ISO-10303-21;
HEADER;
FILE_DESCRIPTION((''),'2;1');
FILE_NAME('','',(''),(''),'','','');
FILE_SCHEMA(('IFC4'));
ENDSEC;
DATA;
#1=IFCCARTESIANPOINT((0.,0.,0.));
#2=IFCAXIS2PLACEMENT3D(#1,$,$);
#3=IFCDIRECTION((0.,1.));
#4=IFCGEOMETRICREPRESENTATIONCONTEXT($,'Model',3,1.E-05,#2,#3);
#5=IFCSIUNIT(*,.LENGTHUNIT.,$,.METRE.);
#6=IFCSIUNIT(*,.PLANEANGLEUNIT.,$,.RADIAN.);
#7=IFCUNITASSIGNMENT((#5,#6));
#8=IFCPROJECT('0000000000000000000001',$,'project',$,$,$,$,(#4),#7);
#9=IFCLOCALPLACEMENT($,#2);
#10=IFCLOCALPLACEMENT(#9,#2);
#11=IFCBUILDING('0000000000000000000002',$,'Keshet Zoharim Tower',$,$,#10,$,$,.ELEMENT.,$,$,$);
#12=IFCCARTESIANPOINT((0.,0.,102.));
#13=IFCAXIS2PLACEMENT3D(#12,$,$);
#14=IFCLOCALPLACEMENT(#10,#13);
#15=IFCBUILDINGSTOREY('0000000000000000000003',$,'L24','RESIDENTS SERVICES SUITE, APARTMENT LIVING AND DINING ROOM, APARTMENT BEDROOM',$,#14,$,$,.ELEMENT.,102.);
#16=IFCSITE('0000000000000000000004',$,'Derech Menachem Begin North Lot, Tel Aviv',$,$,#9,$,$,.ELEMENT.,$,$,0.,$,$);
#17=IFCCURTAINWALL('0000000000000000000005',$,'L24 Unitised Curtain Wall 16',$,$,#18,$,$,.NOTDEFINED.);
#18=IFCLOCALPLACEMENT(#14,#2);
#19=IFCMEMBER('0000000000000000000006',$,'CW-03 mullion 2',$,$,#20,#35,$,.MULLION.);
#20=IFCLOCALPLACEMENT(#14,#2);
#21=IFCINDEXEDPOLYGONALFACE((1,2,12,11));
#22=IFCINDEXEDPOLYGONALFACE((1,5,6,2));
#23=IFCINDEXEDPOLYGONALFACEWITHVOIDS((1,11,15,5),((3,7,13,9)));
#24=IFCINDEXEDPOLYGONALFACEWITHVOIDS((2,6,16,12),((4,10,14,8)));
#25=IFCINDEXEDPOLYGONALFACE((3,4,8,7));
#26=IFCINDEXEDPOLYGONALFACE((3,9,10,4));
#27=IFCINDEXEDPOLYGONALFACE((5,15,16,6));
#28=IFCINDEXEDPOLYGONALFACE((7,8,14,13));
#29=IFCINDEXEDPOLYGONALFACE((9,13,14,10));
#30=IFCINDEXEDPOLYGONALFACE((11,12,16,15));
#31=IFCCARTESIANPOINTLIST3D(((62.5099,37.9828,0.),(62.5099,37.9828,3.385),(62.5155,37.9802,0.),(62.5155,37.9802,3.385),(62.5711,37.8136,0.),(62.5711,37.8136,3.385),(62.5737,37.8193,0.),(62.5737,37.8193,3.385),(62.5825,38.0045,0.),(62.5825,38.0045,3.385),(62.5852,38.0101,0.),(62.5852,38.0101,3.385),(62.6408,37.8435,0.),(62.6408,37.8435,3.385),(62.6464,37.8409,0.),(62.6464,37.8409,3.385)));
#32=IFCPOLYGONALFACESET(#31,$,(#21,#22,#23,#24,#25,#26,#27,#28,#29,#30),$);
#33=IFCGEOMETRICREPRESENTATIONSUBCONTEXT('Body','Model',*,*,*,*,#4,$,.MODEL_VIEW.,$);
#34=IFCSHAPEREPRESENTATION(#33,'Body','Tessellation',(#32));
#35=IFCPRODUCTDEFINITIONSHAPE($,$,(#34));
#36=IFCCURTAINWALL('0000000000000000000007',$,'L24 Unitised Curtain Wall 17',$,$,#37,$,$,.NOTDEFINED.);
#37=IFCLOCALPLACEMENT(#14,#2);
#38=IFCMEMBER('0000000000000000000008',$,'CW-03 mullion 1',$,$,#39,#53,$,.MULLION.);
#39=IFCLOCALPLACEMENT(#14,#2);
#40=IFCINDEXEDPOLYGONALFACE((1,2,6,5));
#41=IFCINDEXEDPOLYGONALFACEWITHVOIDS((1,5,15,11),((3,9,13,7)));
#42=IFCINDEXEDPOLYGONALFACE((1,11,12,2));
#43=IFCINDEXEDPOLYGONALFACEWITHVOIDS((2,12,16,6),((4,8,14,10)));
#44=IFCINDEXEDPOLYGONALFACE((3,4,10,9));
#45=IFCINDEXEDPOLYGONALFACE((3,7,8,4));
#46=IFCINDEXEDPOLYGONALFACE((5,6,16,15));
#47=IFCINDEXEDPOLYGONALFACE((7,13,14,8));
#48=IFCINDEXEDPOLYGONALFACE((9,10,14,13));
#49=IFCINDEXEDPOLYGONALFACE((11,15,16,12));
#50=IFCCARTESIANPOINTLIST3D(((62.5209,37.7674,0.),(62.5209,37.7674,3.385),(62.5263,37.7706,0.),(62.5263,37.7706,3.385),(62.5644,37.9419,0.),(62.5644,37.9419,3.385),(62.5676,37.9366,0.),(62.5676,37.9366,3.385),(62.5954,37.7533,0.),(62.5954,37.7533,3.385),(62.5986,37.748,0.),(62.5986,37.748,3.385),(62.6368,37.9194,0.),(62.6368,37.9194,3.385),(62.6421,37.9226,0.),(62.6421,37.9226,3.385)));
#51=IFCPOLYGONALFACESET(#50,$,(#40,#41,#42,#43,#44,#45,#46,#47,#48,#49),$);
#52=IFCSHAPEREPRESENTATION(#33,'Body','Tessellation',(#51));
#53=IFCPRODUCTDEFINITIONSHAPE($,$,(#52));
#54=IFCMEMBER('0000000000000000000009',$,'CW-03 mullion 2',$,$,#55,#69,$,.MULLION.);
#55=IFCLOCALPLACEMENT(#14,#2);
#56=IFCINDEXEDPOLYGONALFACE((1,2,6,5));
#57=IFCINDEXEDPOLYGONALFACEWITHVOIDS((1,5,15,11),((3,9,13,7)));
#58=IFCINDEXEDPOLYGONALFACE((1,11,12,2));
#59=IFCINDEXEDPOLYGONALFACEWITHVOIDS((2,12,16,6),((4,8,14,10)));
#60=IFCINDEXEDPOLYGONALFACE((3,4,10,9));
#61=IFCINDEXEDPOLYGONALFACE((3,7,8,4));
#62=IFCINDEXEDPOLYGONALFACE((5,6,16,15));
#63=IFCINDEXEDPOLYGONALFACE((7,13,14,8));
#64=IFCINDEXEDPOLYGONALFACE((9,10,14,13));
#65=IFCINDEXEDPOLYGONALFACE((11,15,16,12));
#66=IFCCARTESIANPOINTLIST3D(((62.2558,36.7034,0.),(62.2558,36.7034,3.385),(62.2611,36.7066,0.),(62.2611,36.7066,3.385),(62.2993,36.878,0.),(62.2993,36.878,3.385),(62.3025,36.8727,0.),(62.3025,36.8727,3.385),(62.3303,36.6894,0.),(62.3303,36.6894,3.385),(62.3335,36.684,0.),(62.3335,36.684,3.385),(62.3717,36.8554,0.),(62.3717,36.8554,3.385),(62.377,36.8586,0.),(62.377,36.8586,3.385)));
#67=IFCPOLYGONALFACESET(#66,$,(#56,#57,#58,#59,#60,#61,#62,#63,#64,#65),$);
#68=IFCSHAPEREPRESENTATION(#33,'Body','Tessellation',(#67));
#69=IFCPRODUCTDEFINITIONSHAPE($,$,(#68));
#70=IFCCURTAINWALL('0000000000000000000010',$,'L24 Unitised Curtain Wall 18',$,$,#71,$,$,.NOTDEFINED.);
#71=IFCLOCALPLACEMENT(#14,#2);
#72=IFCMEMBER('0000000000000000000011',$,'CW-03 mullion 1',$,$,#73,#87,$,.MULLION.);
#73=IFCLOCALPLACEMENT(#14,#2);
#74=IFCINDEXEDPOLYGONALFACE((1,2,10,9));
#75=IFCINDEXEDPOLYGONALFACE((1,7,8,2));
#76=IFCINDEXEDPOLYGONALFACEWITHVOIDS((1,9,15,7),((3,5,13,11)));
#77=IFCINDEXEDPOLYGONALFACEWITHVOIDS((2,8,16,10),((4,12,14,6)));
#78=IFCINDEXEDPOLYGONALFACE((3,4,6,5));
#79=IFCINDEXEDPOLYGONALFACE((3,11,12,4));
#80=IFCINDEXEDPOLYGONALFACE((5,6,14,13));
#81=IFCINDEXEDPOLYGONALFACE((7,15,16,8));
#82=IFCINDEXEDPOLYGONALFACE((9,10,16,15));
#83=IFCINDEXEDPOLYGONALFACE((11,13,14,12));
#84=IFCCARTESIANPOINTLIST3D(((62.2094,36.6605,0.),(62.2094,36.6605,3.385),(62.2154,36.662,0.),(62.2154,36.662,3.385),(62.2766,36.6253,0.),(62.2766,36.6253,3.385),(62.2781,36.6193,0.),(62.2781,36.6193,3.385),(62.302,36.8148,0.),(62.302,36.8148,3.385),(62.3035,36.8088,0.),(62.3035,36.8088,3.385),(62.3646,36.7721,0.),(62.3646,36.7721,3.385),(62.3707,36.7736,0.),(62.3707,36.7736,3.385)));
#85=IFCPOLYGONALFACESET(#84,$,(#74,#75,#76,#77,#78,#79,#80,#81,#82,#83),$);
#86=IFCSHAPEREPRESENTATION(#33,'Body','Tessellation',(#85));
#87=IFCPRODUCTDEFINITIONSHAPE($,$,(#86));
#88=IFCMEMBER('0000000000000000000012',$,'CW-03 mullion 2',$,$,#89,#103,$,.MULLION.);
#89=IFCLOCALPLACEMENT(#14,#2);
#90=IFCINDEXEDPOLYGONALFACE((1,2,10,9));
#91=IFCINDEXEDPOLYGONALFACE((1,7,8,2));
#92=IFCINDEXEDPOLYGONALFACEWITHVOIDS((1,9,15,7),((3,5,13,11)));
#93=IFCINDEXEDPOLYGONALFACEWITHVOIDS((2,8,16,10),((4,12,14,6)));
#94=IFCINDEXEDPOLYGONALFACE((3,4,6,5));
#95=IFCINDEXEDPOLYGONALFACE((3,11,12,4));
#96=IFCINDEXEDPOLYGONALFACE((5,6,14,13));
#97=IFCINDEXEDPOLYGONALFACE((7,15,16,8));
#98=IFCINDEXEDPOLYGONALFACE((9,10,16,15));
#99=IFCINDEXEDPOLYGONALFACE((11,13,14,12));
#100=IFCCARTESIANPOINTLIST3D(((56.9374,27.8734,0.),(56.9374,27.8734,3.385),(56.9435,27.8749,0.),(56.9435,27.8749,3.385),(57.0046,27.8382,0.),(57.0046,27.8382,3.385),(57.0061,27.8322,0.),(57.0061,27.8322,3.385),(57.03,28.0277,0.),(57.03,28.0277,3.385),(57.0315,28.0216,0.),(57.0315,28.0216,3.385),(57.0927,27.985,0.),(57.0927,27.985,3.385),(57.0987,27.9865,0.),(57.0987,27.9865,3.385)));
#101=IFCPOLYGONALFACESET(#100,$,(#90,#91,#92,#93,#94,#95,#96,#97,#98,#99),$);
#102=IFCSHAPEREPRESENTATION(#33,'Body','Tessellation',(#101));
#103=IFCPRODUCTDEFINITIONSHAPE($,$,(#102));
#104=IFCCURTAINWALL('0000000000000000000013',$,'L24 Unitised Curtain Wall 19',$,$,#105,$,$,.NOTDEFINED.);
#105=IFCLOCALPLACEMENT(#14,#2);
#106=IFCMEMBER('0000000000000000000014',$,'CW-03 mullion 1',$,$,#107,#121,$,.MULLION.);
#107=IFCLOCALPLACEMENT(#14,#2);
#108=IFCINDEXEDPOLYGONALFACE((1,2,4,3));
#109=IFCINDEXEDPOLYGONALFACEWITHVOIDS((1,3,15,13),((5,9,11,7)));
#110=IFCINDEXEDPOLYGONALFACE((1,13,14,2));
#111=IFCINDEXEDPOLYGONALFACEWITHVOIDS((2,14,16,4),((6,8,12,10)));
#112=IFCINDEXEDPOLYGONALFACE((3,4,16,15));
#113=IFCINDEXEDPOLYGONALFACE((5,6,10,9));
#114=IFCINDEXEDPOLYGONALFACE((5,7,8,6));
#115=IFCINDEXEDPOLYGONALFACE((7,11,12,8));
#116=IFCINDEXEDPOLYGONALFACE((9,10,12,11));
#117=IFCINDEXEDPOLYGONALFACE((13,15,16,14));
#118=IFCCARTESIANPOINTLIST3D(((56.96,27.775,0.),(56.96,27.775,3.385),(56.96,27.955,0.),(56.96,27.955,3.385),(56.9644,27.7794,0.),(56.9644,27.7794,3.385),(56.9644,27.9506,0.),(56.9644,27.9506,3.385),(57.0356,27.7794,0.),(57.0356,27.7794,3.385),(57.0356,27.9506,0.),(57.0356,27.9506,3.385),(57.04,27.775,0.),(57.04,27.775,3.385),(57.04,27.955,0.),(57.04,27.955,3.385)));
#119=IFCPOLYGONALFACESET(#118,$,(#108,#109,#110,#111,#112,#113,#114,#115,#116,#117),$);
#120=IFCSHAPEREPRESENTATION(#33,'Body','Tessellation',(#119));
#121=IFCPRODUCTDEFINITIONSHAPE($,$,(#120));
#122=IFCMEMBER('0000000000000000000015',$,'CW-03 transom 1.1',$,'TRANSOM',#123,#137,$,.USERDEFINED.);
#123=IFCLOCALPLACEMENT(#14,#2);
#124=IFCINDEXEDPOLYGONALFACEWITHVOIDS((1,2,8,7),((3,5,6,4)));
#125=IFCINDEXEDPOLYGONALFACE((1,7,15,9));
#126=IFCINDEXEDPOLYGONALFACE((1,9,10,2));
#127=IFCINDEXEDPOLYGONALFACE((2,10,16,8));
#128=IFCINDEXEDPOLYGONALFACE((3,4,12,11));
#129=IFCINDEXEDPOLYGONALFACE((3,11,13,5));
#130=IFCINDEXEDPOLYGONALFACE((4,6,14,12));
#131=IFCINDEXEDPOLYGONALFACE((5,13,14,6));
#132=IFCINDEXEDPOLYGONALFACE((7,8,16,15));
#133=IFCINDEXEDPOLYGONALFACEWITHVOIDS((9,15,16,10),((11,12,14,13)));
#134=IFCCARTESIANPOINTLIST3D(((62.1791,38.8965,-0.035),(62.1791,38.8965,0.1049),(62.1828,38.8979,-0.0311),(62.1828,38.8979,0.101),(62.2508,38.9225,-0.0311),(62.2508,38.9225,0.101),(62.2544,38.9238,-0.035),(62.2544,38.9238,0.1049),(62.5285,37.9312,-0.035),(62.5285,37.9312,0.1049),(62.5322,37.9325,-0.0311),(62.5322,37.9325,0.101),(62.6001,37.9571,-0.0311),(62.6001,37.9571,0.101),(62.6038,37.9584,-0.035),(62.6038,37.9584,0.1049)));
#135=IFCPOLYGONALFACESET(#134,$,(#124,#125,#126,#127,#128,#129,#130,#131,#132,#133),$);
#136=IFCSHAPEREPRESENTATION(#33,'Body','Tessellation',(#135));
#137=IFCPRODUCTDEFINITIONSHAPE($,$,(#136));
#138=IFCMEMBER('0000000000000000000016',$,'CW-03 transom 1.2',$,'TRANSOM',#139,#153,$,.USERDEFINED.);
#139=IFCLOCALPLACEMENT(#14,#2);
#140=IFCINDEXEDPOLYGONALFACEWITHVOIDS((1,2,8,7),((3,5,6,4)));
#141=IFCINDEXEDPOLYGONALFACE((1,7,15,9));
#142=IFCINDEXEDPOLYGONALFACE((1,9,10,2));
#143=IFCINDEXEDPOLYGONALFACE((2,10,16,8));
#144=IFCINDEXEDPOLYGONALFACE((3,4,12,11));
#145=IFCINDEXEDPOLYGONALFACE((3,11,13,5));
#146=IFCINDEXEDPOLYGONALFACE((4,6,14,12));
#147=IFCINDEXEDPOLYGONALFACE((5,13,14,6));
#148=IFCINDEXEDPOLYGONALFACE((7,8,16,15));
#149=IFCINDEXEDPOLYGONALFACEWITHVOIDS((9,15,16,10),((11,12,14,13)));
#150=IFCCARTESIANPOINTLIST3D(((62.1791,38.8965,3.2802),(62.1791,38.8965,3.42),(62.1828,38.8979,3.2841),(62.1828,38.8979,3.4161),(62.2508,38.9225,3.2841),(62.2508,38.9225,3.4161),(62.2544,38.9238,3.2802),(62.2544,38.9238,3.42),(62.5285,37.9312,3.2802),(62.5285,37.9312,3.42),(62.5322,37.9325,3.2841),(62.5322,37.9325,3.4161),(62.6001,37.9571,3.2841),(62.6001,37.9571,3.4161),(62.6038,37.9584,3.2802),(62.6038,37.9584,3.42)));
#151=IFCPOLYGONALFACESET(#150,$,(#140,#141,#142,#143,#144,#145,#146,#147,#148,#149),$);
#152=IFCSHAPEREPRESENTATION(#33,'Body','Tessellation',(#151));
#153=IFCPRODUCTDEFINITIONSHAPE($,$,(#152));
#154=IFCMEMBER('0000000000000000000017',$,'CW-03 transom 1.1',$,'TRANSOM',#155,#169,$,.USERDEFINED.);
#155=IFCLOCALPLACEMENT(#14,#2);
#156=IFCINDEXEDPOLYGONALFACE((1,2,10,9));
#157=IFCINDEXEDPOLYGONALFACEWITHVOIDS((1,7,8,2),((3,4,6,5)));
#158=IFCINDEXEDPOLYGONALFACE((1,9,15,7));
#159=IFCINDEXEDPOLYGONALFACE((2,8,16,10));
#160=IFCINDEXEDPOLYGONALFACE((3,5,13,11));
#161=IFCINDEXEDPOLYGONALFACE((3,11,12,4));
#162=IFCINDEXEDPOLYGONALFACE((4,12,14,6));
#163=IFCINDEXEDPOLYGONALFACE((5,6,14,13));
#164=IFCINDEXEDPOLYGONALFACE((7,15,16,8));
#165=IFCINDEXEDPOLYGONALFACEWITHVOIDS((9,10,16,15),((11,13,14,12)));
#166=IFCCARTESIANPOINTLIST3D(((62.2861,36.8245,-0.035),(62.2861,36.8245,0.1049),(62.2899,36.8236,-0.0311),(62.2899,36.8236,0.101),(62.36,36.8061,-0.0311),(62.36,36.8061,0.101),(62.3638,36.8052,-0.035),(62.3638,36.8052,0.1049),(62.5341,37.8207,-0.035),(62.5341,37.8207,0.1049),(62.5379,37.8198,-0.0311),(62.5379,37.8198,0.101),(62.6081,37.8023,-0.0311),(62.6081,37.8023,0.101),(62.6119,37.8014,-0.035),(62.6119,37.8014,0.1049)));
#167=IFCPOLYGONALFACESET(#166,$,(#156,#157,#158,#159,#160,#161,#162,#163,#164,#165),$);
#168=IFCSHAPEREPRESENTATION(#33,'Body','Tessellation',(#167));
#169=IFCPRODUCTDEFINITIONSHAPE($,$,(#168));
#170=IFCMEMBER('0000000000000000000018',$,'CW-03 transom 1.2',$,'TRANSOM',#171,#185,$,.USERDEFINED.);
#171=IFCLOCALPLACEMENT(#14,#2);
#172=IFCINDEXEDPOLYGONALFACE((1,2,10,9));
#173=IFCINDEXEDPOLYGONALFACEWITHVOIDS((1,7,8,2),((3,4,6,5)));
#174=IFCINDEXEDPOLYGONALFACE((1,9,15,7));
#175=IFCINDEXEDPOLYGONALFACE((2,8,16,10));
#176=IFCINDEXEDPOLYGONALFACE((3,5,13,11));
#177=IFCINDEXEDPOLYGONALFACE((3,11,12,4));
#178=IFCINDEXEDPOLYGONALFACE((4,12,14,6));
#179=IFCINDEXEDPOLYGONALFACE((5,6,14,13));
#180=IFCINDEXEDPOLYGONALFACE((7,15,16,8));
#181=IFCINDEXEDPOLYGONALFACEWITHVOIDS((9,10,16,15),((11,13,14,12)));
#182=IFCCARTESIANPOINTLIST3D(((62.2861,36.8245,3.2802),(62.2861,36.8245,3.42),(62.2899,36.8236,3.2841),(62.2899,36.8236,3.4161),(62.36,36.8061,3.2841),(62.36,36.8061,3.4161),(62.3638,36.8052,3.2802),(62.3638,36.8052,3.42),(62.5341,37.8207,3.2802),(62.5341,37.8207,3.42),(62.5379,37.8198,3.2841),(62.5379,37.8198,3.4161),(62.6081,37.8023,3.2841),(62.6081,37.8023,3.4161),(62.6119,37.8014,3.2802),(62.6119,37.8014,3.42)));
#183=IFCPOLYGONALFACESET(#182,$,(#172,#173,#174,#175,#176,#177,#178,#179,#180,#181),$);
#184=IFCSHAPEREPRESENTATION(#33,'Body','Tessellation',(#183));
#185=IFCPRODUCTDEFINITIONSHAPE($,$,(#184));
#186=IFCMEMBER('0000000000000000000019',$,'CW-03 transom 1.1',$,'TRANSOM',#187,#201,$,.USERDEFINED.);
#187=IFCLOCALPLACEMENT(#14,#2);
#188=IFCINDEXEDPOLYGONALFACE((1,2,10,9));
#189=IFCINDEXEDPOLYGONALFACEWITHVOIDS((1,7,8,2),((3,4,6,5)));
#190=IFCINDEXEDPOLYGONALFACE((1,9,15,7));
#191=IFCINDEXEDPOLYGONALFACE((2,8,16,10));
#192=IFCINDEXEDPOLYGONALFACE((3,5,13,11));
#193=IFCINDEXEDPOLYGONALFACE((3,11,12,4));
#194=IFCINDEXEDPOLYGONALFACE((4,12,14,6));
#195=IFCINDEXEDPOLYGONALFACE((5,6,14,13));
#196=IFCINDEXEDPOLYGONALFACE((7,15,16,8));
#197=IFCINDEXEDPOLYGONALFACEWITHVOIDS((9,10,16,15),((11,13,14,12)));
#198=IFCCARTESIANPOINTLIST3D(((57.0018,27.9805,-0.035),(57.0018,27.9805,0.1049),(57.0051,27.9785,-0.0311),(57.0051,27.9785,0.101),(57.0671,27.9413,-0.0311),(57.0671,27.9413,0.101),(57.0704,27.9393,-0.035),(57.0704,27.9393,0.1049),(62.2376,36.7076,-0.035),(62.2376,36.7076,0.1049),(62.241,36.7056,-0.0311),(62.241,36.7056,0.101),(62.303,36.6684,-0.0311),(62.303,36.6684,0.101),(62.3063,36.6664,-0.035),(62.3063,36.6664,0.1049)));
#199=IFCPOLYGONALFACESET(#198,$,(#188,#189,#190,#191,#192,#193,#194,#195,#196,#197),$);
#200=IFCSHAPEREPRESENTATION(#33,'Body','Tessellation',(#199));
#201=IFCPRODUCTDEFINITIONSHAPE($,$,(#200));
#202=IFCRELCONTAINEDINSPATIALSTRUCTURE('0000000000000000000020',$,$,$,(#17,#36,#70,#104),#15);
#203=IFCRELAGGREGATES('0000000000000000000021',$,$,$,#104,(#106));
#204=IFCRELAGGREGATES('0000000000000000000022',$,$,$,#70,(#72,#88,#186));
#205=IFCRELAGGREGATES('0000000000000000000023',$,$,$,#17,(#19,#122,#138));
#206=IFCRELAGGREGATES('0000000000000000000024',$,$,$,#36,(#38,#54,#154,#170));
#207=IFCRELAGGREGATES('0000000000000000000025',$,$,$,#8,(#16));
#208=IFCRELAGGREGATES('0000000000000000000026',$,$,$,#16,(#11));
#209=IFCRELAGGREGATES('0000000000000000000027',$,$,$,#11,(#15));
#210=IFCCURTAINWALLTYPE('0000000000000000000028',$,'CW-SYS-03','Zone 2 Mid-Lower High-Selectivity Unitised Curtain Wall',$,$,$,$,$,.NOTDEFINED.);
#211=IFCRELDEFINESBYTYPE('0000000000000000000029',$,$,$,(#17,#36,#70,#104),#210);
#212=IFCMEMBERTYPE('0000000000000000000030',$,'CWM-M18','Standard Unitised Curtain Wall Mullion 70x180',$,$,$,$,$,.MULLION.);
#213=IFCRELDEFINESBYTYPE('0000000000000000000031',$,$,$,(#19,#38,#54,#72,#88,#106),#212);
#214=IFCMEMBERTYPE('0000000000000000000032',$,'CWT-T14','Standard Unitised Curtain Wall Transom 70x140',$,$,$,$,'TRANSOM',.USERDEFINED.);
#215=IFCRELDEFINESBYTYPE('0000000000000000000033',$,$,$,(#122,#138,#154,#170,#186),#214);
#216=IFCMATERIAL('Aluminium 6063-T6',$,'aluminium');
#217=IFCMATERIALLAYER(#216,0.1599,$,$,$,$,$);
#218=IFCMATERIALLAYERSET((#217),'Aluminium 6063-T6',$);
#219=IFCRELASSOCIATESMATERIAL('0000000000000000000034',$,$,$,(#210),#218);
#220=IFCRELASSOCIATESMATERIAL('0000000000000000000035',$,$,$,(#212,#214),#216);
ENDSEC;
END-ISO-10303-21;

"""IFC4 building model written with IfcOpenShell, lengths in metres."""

from ifc_helpers import new_model, si_unit, direction, frame, origin, origin_2d, place, context, subcontext, project, spatial, hollow_rectangle, extrude, material, layer, layer_set, material_profile, profile_set, type_object, element, aggregate, save


model = new_model("IFC4")

# Units and contexts
model_context = context("Model", 3, precision=1e-05, world=origin(), true_north=direction((0.0, 1.0)))
body_context = subcontext(model_context, "Body", "Model", "MODEL_VIEW")
ifc_project = project(units=[si_unit("LENGTHUNIT", "METRE"), si_unit("PLANEANGLEUNIT", "RADIAN")], contexts=[model_context])

# Site, building, storey
site_placement = place(None, origin())
site = spatial("IfcSite", under=ifc_project, at=site_placement, Name="Derech Menachem Begin North Lot, Tel Aviv", CompositionType="ELEMENT", RefElevation=0.0)
building_placement = place(site_placement, origin())
building = spatial("IfcBuilding", under=site, at=building_placement, Name="Keshet Zoharim Tower", CompositionType="ELEMENT")
storey_placement = place(building_placement, frame((0.0, 0.0, 102.0)))
storey = spatial("IfcBuildingStorey", under=building, at=storey_placement, Name="L24", Description="RESIDENTS SERVICES SUITE, APARTMENT LIVING AND DINING ROOM, APARTMENT BEDROOM", CompositionType="ELEMENT", Elevation=102.0)

# Shared definitions
ifc_material_1 = material(Name="Aluminium 6063-T6", Category="aluminium")
ifc_layer_1 = layer(ifc_material_1, 0.1599)
ifc_layer_set_1 = layer_set([ifc_layer_1], Name="Aluminium 6063-T6")
curtain_wall_type = type_object("IfcCurtainWallType", Name="CW-SYS-03", Description="Zone 2 Mid-Lower High-Selectivity Unitised Curtain Wall", PredefinedType="NOTDEFINED", material=ifc_layer_set_1)
ifc_material_profile_1 = material_profile(ifc_material_1, hollow_rectangle(XDim=0.0801, YDim=0.1799, WallThickness=0.0044, at=origin_2d()), Name="MUL-80x180")
ifc_profile_set_1 = profile_set([ifc_material_profile_1], Name="Aluminium 6063-T6")
member_type_1 = type_object("IfcMemberType", Name="CWM-M18", Description="Standard Unitised Curtain Wall Mullion 70x180", PredefinedType="MULLION", material=ifc_profile_set_1)

# Curtain walls, members
curtain_wall_1_placement = place(storey_placement, origin())
curtain_wall_1 = element("IfcCurtainWall", 1, at=curtain_wall_1_placement, inside=storey, type_object=curtain_wall_type, Name="L24 Unitised Curtain Wall 16", PredefinedType="NOTDEFINED")
member_1_placement = place(storey_placement, frame((62.5781, 37.9119, 0.0), z_axis=(0.0, 0.0, 1.0), x_axis=(0.940318, 0.340297, 0.0)))
member_1 = element("IfcMember", 2, at=member_1_placement, type_object=member_type_1, Name="CW-03 mullion 2", PredefinedType="MULLION", context=body_context, shape_type="SweptSolid", body=[
    extrude(hollow_rectangle(XDim=0.0801, YDim=0.1799, WallThickness=0.0044, at=origin_2d()), origin(), (0.0, 0.0, 1.0), 3.385),
])
curtain_wall_2_placement = place(storey_placement, origin())
curtain_wall_2 = element("IfcCurtainWall", 3, at=curtain_wall_2_placement, inside=storey, type_object=curtain_wall_type, Name="L24 Unitised Curtain Wall 17", PredefinedType="NOTDEFINED")
member_2_placement = place(storey_placement, frame((62.5815, 37.845, 0.0), z_axis=(0.0, 0.0, 1.0), x_axis=(0.970344, -0.241729, 0.0)))
member_2 = element("IfcMember", 4, at=member_2_placement, type_object=member_type_1, Name="CW-03 mullion 1", PredefinedType="MULLION", context=body_context, shape_type="SweptSolid", body=[
    extrude(hollow_rectangle(XDim=0.0801, YDim=0.1799, WallThickness=0.0044, at=origin_2d()), origin(), (0.0, 0.0, 1.0), 3.385),
])
member_3_placement = place(storey_placement, frame((62.3164, 36.781, 0.0), z_axis=(0.0, 0.0, 1.0), x_axis=(0.970344, -0.241729, 0.0)))
member_3 = element("IfcMember", 5, at=member_3_placement, type_object=member_type_1, Name="CW-03 mullion 2", PredefinedType="MULLION", context=body_context, shape_type="SweptSolid", body=[
    extrude(hollow_rectangle(XDim=0.0801, YDim=0.1799, WallThickness=0.0044, at=origin_2d()), origin(), (0.0, 0.0, 1.0), 3.385),
])
curtain_wall_3_placement = place(storey_placement, origin())
curtain_wall_3 = element("IfcCurtainWall", 6, at=curtain_wall_3_placement, inside=storey, type_object=curtain_wall_type, Name="L24 Unitised Curtain Wall 18", PredefinedType="NOTDEFINED")
member_4_placement = place(storey_placement, frame((62.29, 36.717, 0.0), z_axis=(0.0, 0.0, 1.0), x_axis=(0.857501, -0.514482, 0.0)))
member_4 = element("IfcMember", 7, at=member_4_placement, type_object=member_type_1, Name="CW-03 mullion 1", PredefinedType="MULLION", context=body_context, shape_type="SweptSolid", body=[
    extrude(hollow_rectangle(XDim=0.0801, YDim=0.1799, WallThickness=0.0044, at=origin_2d()), origin(), (0.0, 0.0, 1.0), 3.385),
])
member_5_placement = place(storey_placement, frame((57.0181, 27.9299, 0.0), z_axis=(0.0, 0.0, 1.0), x_axis=(0.857501, -0.514482, 0.0)))
member_5 = element("IfcMember", 8, at=member_5_placement, type_object=member_type_1, Name="CW-03 mullion 2", PredefinedType="MULLION", context=body_context, shape_type="SweptSolid", body=[
    extrude(hollow_rectangle(XDim=0.0801, YDim=0.1799, WallThickness=0.0044, at=origin_2d()), origin(), (0.0, 0.0, 1.0), 3.385),
])

# Curtain wall, member
curtain_wall_4_placement = place(storey_placement, origin())
curtain_wall_4 = element("IfcCurtainWall", 9, at=curtain_wall_4_placement, inside=storey, type_object=curtain_wall_type, Name="L24 Unitised Curtain Wall 19", PredefinedType="NOTDEFINED")
member_6_placement = place(storey_placement, frame((57.0, 27.865, 0.0), z_axis=(0.0, 0.0, 1.0), x_axis=(1.0, 0.0, 0.0)))
member_6 = element("IfcMember", 10, at=member_6_placement, type_object=member_type_1, Name="CW-03 mullion 1", PredefinedType="MULLION", context=body_context, shape_type="SweptSolid", body=[
    extrude(hollow_rectangle(XDim=0.0801, YDim=0.1799, WallThickness=0.0044, at=origin_2d()), origin(), (0.0, 0.0, 1.0), 3.385),
])
aggregate(curtain_wall_4, [member_6])

# Members
ifc_material_profile_2 = material_profile(ifc_material_1, hollow_rectangle(XDim=0.0801, YDim=0.1399, WallThickness=0.0039, at=origin_2d()), Name="TRN-80x140")
ifc_profile_set_2 = profile_set([ifc_material_profile_2], Name="Aluminium 6063-T6")
member_type_2 = type_object("IfcMemberType", Name="CWT-T14", Description="Standard Unitised Curtain Wall Transom 70x140", ElementType="TRANSOM", PredefinedType="USERDEFINED", material=ifc_profile_set_2)
member_7_placement = place(storey_placement, frame((62.2168, 38.9102, 0.0349), z_axis=(0.340311, -0.940313, 0.0), x_axis=(0.940313, 0.340311, 0.0)))
member_7 = element("IfcMember", 11, at=member_7_placement, type_object=member_type_2, Name="CW-03 transom 1.1", ObjectType="TRANSOM", PredefinedType="USERDEFINED", context=body_context, shape_type="SweptSolid", body=[
    extrude(hollow_rectangle(XDim=0.0801, YDim=0.1399, WallThickness=0.0039, at=origin_2d()), origin(), (0.0, 0.0, 1.0), 1.0266),
])
member_8_placement = place(storey_placement, frame((62.2168, 38.9102, 3.3501), z_axis=(0.340311, -0.940313, 0.0), x_axis=(0.940313, 0.340311, 0.0)))
member_8 = element("IfcMember", 12, at=member_8_placement, type_object=member_type_2, Name="CW-03 transom 1.2", ObjectType="TRANSOM", PredefinedType="USERDEFINED", context=body_context, shape_type="SweptSolid", body=[
    extrude(hollow_rectangle(XDim=0.0801, YDim=0.1399, WallThickness=0.0039, at=origin_2d()), origin(), (0.0, 0.0, 1.0), 1.0266),
])
member_9_placement = place(storey_placement, frame((62.573, 37.811, 0.0349), z_axis=(-0.24164, -0.970366, 0.0), x_axis=(0.970366, -0.24164, 0.0)))
member_9 = element("IfcMember", 13, at=member_9_placement, type_object=member_type_2, Name="CW-03 transom 1.1", ObjectType="TRANSOM", PredefinedType="USERDEFINED", context=body_context, shape_type="SweptSolid", body=[
    extrude(hollow_rectangle(XDim=0.0801, YDim=0.1399, WallThickness=0.0039, at=origin_2d()), origin(), (0.0, 0.0, 1.0), 1.0266),
])
member_10_placement = place(storey_placement, frame((62.573, 37.811, 3.3501), z_axis=(-0.24164, -0.970366, 0.0), x_axis=(0.970366, -0.24164, 0.0)))
member_10 = element("IfcMember", 14, at=member_10_placement, type_object=member_type_2, Name="CW-03 transom 1.2", ObjectType="TRANSOM", PredefinedType="USERDEFINED", context=body_context, shape_type="SweptSolid", body=[
    extrude(hollow_rectangle(XDim=0.0801, YDim=0.1399, WallThickness=0.0039, at=origin_2d()), origin(), (0.0, 0.0, 1.0), 1.0266),
])
member_11_placement = place(storey_placement, frame((62.272, 36.687, 0.0349), z_axis=(-0.514468, -0.85751, 0.0), x_axis=(0.85751, -0.514468, 0.0)))
member_11 = element("IfcMember", 15, at=member_11_placement, type_object=member_type_2, Name="CW-03 transom 1.1", ObjectType="TRANSOM", PredefinedType="USERDEFINED", context=body_context, shape_type="SweptSolid", body=[
    extrude(hollow_rectangle(XDim=0.0801, YDim=0.1399, WallThickness=0.0039, at=origin_2d()), origin(), (0.0, 0.0, 1.0), 10.1772),
])

aggregate(curtain_wall_3, [member_4, member_5, member_11])
aggregate(curtain_wall_1, [member_1, member_7, member_8])
aggregate(curtain_wall_2, [member_2, member_3, member_9, member_10])

save(model, "model.ifc")
